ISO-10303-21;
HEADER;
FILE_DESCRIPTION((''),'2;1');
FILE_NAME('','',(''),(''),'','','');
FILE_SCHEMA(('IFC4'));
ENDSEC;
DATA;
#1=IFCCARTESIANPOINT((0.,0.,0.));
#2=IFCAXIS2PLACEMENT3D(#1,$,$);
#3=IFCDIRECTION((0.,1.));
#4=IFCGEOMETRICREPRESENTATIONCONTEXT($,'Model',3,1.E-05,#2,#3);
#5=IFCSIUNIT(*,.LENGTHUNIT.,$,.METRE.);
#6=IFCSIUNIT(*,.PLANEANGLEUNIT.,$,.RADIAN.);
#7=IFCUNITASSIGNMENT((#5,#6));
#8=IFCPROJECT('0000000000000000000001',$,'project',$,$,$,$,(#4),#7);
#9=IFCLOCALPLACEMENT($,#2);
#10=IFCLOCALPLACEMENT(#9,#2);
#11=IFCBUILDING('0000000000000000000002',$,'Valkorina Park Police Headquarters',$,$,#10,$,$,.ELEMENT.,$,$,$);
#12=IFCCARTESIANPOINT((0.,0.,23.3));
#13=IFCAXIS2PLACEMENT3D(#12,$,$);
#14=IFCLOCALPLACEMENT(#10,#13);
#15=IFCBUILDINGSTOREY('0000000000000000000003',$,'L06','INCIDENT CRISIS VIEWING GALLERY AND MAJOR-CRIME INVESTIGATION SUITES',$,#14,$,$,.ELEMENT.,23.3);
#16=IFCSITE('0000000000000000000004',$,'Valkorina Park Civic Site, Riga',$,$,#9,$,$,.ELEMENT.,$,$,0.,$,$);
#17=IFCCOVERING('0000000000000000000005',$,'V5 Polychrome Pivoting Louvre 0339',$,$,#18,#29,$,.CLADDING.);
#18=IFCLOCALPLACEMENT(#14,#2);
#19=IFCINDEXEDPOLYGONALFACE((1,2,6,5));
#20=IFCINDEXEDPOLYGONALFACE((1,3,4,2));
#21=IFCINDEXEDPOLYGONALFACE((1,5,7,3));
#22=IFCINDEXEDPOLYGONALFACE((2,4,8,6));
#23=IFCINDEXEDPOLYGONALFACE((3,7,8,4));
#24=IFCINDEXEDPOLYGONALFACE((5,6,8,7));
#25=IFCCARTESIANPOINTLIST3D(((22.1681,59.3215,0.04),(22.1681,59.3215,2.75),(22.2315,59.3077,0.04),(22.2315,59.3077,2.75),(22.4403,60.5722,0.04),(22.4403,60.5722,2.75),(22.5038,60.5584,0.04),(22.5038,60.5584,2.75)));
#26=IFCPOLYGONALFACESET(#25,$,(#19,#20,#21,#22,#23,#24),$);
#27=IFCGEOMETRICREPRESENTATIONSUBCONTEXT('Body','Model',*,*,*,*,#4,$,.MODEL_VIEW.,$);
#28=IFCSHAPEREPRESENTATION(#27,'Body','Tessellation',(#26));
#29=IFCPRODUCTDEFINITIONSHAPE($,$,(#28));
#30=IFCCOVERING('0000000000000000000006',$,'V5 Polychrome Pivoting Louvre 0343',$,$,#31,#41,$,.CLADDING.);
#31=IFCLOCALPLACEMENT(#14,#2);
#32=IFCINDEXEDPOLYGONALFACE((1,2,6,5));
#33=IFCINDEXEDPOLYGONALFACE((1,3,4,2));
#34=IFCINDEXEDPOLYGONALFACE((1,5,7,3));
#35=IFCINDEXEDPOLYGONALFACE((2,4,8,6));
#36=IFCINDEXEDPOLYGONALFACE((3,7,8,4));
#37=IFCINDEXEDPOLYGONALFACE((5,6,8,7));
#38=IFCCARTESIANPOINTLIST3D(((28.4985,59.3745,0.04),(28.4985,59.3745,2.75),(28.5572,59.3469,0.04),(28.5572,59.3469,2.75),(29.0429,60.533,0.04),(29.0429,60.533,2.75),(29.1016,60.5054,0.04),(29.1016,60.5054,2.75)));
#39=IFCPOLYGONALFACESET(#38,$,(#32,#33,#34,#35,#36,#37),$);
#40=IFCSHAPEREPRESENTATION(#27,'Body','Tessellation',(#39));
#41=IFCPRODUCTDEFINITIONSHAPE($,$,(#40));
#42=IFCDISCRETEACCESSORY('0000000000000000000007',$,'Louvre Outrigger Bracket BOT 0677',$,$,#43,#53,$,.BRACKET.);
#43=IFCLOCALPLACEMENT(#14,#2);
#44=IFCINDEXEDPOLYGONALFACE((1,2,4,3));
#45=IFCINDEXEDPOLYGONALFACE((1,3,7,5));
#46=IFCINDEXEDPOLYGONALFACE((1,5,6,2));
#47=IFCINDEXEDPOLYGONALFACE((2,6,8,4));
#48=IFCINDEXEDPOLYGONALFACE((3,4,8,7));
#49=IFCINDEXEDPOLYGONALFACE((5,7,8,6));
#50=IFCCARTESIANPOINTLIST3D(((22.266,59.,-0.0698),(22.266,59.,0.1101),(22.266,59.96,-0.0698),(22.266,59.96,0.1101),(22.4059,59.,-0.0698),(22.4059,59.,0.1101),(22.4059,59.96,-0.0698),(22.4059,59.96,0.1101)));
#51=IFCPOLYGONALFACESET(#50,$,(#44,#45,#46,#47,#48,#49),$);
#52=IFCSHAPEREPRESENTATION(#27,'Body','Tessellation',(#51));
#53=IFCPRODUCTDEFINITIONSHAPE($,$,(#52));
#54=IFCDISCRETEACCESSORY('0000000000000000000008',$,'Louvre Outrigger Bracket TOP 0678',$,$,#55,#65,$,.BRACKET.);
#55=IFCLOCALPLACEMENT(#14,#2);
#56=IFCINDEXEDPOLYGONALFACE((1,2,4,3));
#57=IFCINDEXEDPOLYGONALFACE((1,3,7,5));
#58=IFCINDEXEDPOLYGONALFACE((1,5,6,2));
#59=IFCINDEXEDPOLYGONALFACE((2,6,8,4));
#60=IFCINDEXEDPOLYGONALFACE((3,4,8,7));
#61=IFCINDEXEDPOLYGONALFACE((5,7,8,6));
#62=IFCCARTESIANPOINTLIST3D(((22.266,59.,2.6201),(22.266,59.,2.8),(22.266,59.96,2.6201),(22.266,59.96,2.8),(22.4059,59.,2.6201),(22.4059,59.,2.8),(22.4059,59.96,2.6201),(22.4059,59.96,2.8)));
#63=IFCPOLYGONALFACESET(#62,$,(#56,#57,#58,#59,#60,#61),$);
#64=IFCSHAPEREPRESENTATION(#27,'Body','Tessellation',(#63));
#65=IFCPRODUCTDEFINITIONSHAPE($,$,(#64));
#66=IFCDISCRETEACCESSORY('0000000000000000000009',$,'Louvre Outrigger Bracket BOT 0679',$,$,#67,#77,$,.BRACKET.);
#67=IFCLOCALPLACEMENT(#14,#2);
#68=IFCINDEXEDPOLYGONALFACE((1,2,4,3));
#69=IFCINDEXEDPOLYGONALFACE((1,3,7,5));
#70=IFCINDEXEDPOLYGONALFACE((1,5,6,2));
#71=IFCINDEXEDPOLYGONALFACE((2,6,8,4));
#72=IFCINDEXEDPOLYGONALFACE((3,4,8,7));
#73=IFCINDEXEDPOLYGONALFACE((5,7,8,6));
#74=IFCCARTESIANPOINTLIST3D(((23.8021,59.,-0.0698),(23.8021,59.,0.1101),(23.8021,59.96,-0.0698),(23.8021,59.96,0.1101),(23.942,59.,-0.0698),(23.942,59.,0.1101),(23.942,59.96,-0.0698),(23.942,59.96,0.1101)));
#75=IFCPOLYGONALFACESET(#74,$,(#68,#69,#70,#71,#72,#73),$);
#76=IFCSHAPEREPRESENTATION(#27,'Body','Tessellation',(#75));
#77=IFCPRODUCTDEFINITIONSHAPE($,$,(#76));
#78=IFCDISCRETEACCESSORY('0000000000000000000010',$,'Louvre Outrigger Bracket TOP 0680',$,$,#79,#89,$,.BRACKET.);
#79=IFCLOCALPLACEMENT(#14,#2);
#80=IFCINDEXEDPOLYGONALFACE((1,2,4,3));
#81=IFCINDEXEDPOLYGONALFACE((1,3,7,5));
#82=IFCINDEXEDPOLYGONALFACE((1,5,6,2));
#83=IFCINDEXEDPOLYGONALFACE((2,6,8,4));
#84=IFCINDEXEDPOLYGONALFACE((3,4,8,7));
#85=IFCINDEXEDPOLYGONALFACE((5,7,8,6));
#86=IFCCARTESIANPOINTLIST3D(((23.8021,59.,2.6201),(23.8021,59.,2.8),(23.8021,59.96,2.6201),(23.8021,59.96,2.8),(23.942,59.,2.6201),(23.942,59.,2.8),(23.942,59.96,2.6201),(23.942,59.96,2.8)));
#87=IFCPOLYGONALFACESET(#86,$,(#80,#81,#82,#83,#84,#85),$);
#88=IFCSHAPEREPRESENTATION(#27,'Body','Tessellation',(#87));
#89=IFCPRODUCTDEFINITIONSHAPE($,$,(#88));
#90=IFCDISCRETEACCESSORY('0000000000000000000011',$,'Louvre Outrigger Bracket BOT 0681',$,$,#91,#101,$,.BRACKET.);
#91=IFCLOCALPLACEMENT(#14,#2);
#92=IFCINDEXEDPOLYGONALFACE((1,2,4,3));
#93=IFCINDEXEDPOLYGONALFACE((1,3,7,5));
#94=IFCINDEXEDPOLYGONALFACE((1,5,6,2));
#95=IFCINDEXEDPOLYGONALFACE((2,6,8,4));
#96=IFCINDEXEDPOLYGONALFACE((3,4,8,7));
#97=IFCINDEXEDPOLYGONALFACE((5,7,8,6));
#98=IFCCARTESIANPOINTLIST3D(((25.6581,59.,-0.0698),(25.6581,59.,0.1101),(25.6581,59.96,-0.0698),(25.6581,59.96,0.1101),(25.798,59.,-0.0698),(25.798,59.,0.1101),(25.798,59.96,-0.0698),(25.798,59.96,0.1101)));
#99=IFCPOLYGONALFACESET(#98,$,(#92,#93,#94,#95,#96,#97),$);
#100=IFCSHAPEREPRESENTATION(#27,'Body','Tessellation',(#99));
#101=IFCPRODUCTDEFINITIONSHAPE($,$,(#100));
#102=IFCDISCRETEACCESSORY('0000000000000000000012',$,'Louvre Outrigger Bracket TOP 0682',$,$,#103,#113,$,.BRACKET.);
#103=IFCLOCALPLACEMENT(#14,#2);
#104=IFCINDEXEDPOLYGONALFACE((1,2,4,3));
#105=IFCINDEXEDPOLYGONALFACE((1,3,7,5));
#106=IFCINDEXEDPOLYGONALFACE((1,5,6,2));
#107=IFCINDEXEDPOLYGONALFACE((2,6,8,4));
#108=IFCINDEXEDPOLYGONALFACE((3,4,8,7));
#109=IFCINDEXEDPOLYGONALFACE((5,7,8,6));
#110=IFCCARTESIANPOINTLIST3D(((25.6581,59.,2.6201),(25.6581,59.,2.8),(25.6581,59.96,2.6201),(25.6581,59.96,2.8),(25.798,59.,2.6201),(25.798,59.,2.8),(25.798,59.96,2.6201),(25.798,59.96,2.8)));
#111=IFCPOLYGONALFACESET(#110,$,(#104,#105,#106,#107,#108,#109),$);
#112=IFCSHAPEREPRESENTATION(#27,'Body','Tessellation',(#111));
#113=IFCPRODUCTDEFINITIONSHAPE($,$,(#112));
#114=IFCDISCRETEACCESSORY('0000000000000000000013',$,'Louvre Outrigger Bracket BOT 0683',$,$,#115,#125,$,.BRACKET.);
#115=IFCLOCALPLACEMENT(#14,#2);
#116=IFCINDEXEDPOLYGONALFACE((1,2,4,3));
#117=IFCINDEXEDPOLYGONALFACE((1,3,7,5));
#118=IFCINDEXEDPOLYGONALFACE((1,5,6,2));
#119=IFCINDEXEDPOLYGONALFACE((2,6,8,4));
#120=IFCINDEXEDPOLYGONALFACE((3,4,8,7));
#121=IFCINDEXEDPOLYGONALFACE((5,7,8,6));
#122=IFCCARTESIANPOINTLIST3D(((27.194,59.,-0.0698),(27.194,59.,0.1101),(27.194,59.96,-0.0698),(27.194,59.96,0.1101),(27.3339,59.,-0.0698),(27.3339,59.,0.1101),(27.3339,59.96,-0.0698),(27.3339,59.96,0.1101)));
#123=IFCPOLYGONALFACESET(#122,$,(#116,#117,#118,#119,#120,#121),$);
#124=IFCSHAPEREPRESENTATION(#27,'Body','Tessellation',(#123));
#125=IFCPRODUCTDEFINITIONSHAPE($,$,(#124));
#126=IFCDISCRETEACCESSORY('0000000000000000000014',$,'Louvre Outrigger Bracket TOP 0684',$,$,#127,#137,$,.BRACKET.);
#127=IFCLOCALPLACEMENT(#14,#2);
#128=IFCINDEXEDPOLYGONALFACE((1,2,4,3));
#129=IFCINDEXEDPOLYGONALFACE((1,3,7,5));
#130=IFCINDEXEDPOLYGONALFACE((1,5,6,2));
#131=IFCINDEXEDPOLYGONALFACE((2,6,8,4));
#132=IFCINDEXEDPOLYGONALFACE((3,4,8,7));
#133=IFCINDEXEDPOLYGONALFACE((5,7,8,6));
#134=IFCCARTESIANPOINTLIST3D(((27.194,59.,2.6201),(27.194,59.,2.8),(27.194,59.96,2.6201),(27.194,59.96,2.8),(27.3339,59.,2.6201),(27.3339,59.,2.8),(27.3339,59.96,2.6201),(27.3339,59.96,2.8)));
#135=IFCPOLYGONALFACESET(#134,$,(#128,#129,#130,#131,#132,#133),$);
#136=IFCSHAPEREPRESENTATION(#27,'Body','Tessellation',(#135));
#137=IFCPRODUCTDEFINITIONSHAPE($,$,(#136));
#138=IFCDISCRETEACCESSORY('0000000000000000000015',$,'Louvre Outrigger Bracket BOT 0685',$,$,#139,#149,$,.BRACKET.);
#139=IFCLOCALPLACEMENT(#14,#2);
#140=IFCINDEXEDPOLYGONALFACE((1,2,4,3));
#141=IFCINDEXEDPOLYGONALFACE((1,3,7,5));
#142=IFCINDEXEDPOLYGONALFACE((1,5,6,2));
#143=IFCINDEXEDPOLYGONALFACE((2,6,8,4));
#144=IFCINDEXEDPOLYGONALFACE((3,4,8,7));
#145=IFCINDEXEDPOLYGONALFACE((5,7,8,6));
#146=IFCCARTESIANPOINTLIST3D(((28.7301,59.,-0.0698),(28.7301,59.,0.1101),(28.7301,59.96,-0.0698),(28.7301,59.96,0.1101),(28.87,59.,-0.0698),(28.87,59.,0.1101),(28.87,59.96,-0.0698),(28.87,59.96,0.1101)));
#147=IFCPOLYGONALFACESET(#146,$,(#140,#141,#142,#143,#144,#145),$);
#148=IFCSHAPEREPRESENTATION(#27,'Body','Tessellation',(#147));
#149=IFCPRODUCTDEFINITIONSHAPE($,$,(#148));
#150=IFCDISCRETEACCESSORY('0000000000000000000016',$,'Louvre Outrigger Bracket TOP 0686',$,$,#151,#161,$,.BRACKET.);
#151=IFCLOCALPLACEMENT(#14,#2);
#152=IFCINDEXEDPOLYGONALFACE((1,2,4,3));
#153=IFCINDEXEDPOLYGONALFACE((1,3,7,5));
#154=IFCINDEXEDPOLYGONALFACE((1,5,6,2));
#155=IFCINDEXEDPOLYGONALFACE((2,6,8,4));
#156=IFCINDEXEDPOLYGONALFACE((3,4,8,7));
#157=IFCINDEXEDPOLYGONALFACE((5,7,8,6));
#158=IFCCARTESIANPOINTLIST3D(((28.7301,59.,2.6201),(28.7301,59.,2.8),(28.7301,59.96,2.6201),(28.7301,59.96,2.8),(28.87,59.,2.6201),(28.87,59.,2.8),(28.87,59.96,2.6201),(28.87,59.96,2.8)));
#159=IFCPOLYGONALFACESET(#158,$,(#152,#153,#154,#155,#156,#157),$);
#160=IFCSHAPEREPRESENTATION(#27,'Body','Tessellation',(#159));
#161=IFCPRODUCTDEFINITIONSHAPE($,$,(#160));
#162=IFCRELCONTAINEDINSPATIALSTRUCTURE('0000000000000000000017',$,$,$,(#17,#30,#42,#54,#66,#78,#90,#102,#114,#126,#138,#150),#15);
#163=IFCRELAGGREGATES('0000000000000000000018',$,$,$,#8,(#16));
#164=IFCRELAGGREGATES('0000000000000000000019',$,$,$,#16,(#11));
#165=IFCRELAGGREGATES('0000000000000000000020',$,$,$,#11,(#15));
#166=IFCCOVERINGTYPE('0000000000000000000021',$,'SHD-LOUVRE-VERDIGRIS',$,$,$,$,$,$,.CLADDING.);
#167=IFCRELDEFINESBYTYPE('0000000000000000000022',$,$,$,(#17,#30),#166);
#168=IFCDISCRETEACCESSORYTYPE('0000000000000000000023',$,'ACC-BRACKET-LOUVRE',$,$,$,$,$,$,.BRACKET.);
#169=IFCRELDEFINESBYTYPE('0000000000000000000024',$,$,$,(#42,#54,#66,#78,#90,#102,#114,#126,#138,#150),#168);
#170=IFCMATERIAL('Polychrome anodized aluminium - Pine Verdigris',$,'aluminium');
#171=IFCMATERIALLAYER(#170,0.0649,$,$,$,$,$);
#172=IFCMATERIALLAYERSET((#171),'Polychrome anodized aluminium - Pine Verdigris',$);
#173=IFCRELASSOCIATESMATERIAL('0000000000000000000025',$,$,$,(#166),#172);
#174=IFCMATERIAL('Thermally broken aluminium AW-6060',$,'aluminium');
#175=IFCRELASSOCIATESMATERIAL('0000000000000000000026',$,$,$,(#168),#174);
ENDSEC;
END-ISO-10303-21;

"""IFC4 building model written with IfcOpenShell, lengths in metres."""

from ifc_helpers import new_model, si_unit, direction, frame, origin, origin_2d, place, context, subcontext, project, spatial, rectangle, extrude, material, layer, layer_set, type_object, element, save


model = new_model("IFC4")

# Units and contexts
model_context = context("Model", 3, precision=1e-05, world=origin(), true_north=direction((0.0, 1.0)))
body_context = subcontext(model_context, "Body", "Model", "MODEL_VIEW")
ifc_project = project(units=[si_unit("LENGTHUNIT", "METRE"), si_unit("PLANEANGLEUNIT", "RADIAN")], contexts=[model_context])

# Site, building, storey
site_placement = place(None, origin())
site = spatial("IfcSite", under=ifc_project, at=site_placement, Name="Valkorina Park Civic Site, Riga", CompositionType="ELEMENT", RefElevation=0.0)
building_placement = place(site_placement, origin())
building = spatial("IfcBuilding", under=site, at=building_placement, Name="Valkorina Park Police Headquarters", CompositionType="ELEMENT")
storey_placement = place(building_placement, frame((0.0, 0.0, 23.3)))
storey = spatial("IfcBuildingStorey", under=building, at=storey_placement, Name="L06", Description="INCIDENT CRISIS VIEWING GALLERY AND MAJOR-CRIME INVESTIGATION SUITES", CompositionType="ELEMENT", Elevation=23.3)

# Shared definitions
ifc_material_1 = material(Name="Thermally broken aluminium AW-6060", Category="aluminium")

# Coverings
ifc_material_2 = material(Name="Polychrome anodized aluminium - Pine Verdigris", Category="aluminium")
ifc_layer_1 = layer(ifc_material_2, 0.0649)
ifc_layer_set_1 = layer_set([ifc_layer_1], Name="Polychrome anodized aluminium - Pine Verdigris")
covering_type_1 = type_object("IfcCoveringType", Name="SHD-LOUVRE-VERDIGRIS", PredefinedType="CLADDING", material=ifc_layer_set_1)
for number, where, z_axis, x_axis, name in (
    (1, (22.3359, 59.9399, 0.04), (0.0, 0.0, 1.0), (0.212689, 0.97712, 0.0), "V5 Polychrome Pivoting Louvre 0339"),
    (2, (28.8, 59.9399, 0.04), (0.0, 0.0, 1.0), (0.425305, 0.90505, 0.0), "V5 Polychrome Pivoting Louvre 0343"),
):
    element("IfcCovering", number, at=place(storey_placement, frame(where, z_axis=z_axis, x_axis=x_axis)), inside=storey, type_object=covering_type_1, Name=name, PredefinedType="CLADDING", context=body_context, shape_type="SweptSolid", body=[
        extrude(rectangle(XDim=1.28, YDim=0.0649, at=origin_2d()), origin(), (0.0, 0.0, 1.0), 2.71),
    ])

# Discrete accessories
discrete_accessory_type = type_object("IfcDiscreteAccessoryType", Name="ACC-BRACKET-LOUVRE", PredefinedType="BRACKET", material=ifc_material_1)
for number, where, z_axis, x_axis, name in (
    (3, (22.3359, 59.48, -0.0698), (0.0, 0.0, 1.0), (0.0, 1.0, 0.0), "Louvre Outrigger Bracket BOT 0677"),
    (4, (22.3359, 59.48, 2.6201), (0.0, 0.0, 1.0), (0.0, 1.0, 0.0), "Louvre Outrigger Bracket TOP 0678"),
    (5, (23.8721, 59.48, -0.0698), (0.0, 0.0, 1.0), (0.0, 1.0, 0.0), "Louvre Outrigger Bracket BOT 0679"),
    (6, (23.8721, 59.48, 2.6201), (0.0, 0.0, 1.0), (0.0, 1.0, 0.0), "Louvre Outrigger Bracket TOP 0680"),
    (7, (25.728, 59.48, -0.0698), (0.0, 0.0, 1.0), (0.0, 1.0, 0.0), "Louvre Outrigger Bracket BOT 0681"),
    (8, (25.728, 59.48, 2.6201), (0.0, 0.0, 1.0), (0.0, 1.0, 0.0), "Louvre Outrigger Bracket TOP 0682"),
    (9, (27.2639, 59.48, -0.0698), (0.0, 0.0, 1.0), (0.0, 1.0, 0.0), "Louvre Outrigger Bracket BOT 0683"),
    (10, (27.2639, 59.48, 2.6201), (0.0, 0.0, 1.0), (0.0, 1.0, 0.0), "Louvre Outrigger Bracket TOP 0684"),
    (11, (28.8, 59.48, -0.0698), (0.0, 0.0, 1.0), (0.0, 1.0, 0.0), "Louvre Outrigger Bracket BOT 0685"),
    (12, (28.8, 59.48, 2.6201), (0.0, 0.0, 1.0), (0.0, 1.0, 0.0), "Louvre Outrigger Bracket TOP 0686"),
):
    element("IfcDiscreteAccessory", number, at=place(storey_placement, frame(where, z_axis=z_axis, x_axis=x_axis)), inside=storey, type_object=discrete_accessory_type, Name=name, PredefinedType="BRACKET", context=body_context, shape_type="SweptSolid", body=[
        extrude(rectangle(XDim=0.96, YDim=0.1399, at=origin_2d()), origin(), (0.0, 0.0, 1.0), 0.1799),
    ])

save(model, "model.ifc")
